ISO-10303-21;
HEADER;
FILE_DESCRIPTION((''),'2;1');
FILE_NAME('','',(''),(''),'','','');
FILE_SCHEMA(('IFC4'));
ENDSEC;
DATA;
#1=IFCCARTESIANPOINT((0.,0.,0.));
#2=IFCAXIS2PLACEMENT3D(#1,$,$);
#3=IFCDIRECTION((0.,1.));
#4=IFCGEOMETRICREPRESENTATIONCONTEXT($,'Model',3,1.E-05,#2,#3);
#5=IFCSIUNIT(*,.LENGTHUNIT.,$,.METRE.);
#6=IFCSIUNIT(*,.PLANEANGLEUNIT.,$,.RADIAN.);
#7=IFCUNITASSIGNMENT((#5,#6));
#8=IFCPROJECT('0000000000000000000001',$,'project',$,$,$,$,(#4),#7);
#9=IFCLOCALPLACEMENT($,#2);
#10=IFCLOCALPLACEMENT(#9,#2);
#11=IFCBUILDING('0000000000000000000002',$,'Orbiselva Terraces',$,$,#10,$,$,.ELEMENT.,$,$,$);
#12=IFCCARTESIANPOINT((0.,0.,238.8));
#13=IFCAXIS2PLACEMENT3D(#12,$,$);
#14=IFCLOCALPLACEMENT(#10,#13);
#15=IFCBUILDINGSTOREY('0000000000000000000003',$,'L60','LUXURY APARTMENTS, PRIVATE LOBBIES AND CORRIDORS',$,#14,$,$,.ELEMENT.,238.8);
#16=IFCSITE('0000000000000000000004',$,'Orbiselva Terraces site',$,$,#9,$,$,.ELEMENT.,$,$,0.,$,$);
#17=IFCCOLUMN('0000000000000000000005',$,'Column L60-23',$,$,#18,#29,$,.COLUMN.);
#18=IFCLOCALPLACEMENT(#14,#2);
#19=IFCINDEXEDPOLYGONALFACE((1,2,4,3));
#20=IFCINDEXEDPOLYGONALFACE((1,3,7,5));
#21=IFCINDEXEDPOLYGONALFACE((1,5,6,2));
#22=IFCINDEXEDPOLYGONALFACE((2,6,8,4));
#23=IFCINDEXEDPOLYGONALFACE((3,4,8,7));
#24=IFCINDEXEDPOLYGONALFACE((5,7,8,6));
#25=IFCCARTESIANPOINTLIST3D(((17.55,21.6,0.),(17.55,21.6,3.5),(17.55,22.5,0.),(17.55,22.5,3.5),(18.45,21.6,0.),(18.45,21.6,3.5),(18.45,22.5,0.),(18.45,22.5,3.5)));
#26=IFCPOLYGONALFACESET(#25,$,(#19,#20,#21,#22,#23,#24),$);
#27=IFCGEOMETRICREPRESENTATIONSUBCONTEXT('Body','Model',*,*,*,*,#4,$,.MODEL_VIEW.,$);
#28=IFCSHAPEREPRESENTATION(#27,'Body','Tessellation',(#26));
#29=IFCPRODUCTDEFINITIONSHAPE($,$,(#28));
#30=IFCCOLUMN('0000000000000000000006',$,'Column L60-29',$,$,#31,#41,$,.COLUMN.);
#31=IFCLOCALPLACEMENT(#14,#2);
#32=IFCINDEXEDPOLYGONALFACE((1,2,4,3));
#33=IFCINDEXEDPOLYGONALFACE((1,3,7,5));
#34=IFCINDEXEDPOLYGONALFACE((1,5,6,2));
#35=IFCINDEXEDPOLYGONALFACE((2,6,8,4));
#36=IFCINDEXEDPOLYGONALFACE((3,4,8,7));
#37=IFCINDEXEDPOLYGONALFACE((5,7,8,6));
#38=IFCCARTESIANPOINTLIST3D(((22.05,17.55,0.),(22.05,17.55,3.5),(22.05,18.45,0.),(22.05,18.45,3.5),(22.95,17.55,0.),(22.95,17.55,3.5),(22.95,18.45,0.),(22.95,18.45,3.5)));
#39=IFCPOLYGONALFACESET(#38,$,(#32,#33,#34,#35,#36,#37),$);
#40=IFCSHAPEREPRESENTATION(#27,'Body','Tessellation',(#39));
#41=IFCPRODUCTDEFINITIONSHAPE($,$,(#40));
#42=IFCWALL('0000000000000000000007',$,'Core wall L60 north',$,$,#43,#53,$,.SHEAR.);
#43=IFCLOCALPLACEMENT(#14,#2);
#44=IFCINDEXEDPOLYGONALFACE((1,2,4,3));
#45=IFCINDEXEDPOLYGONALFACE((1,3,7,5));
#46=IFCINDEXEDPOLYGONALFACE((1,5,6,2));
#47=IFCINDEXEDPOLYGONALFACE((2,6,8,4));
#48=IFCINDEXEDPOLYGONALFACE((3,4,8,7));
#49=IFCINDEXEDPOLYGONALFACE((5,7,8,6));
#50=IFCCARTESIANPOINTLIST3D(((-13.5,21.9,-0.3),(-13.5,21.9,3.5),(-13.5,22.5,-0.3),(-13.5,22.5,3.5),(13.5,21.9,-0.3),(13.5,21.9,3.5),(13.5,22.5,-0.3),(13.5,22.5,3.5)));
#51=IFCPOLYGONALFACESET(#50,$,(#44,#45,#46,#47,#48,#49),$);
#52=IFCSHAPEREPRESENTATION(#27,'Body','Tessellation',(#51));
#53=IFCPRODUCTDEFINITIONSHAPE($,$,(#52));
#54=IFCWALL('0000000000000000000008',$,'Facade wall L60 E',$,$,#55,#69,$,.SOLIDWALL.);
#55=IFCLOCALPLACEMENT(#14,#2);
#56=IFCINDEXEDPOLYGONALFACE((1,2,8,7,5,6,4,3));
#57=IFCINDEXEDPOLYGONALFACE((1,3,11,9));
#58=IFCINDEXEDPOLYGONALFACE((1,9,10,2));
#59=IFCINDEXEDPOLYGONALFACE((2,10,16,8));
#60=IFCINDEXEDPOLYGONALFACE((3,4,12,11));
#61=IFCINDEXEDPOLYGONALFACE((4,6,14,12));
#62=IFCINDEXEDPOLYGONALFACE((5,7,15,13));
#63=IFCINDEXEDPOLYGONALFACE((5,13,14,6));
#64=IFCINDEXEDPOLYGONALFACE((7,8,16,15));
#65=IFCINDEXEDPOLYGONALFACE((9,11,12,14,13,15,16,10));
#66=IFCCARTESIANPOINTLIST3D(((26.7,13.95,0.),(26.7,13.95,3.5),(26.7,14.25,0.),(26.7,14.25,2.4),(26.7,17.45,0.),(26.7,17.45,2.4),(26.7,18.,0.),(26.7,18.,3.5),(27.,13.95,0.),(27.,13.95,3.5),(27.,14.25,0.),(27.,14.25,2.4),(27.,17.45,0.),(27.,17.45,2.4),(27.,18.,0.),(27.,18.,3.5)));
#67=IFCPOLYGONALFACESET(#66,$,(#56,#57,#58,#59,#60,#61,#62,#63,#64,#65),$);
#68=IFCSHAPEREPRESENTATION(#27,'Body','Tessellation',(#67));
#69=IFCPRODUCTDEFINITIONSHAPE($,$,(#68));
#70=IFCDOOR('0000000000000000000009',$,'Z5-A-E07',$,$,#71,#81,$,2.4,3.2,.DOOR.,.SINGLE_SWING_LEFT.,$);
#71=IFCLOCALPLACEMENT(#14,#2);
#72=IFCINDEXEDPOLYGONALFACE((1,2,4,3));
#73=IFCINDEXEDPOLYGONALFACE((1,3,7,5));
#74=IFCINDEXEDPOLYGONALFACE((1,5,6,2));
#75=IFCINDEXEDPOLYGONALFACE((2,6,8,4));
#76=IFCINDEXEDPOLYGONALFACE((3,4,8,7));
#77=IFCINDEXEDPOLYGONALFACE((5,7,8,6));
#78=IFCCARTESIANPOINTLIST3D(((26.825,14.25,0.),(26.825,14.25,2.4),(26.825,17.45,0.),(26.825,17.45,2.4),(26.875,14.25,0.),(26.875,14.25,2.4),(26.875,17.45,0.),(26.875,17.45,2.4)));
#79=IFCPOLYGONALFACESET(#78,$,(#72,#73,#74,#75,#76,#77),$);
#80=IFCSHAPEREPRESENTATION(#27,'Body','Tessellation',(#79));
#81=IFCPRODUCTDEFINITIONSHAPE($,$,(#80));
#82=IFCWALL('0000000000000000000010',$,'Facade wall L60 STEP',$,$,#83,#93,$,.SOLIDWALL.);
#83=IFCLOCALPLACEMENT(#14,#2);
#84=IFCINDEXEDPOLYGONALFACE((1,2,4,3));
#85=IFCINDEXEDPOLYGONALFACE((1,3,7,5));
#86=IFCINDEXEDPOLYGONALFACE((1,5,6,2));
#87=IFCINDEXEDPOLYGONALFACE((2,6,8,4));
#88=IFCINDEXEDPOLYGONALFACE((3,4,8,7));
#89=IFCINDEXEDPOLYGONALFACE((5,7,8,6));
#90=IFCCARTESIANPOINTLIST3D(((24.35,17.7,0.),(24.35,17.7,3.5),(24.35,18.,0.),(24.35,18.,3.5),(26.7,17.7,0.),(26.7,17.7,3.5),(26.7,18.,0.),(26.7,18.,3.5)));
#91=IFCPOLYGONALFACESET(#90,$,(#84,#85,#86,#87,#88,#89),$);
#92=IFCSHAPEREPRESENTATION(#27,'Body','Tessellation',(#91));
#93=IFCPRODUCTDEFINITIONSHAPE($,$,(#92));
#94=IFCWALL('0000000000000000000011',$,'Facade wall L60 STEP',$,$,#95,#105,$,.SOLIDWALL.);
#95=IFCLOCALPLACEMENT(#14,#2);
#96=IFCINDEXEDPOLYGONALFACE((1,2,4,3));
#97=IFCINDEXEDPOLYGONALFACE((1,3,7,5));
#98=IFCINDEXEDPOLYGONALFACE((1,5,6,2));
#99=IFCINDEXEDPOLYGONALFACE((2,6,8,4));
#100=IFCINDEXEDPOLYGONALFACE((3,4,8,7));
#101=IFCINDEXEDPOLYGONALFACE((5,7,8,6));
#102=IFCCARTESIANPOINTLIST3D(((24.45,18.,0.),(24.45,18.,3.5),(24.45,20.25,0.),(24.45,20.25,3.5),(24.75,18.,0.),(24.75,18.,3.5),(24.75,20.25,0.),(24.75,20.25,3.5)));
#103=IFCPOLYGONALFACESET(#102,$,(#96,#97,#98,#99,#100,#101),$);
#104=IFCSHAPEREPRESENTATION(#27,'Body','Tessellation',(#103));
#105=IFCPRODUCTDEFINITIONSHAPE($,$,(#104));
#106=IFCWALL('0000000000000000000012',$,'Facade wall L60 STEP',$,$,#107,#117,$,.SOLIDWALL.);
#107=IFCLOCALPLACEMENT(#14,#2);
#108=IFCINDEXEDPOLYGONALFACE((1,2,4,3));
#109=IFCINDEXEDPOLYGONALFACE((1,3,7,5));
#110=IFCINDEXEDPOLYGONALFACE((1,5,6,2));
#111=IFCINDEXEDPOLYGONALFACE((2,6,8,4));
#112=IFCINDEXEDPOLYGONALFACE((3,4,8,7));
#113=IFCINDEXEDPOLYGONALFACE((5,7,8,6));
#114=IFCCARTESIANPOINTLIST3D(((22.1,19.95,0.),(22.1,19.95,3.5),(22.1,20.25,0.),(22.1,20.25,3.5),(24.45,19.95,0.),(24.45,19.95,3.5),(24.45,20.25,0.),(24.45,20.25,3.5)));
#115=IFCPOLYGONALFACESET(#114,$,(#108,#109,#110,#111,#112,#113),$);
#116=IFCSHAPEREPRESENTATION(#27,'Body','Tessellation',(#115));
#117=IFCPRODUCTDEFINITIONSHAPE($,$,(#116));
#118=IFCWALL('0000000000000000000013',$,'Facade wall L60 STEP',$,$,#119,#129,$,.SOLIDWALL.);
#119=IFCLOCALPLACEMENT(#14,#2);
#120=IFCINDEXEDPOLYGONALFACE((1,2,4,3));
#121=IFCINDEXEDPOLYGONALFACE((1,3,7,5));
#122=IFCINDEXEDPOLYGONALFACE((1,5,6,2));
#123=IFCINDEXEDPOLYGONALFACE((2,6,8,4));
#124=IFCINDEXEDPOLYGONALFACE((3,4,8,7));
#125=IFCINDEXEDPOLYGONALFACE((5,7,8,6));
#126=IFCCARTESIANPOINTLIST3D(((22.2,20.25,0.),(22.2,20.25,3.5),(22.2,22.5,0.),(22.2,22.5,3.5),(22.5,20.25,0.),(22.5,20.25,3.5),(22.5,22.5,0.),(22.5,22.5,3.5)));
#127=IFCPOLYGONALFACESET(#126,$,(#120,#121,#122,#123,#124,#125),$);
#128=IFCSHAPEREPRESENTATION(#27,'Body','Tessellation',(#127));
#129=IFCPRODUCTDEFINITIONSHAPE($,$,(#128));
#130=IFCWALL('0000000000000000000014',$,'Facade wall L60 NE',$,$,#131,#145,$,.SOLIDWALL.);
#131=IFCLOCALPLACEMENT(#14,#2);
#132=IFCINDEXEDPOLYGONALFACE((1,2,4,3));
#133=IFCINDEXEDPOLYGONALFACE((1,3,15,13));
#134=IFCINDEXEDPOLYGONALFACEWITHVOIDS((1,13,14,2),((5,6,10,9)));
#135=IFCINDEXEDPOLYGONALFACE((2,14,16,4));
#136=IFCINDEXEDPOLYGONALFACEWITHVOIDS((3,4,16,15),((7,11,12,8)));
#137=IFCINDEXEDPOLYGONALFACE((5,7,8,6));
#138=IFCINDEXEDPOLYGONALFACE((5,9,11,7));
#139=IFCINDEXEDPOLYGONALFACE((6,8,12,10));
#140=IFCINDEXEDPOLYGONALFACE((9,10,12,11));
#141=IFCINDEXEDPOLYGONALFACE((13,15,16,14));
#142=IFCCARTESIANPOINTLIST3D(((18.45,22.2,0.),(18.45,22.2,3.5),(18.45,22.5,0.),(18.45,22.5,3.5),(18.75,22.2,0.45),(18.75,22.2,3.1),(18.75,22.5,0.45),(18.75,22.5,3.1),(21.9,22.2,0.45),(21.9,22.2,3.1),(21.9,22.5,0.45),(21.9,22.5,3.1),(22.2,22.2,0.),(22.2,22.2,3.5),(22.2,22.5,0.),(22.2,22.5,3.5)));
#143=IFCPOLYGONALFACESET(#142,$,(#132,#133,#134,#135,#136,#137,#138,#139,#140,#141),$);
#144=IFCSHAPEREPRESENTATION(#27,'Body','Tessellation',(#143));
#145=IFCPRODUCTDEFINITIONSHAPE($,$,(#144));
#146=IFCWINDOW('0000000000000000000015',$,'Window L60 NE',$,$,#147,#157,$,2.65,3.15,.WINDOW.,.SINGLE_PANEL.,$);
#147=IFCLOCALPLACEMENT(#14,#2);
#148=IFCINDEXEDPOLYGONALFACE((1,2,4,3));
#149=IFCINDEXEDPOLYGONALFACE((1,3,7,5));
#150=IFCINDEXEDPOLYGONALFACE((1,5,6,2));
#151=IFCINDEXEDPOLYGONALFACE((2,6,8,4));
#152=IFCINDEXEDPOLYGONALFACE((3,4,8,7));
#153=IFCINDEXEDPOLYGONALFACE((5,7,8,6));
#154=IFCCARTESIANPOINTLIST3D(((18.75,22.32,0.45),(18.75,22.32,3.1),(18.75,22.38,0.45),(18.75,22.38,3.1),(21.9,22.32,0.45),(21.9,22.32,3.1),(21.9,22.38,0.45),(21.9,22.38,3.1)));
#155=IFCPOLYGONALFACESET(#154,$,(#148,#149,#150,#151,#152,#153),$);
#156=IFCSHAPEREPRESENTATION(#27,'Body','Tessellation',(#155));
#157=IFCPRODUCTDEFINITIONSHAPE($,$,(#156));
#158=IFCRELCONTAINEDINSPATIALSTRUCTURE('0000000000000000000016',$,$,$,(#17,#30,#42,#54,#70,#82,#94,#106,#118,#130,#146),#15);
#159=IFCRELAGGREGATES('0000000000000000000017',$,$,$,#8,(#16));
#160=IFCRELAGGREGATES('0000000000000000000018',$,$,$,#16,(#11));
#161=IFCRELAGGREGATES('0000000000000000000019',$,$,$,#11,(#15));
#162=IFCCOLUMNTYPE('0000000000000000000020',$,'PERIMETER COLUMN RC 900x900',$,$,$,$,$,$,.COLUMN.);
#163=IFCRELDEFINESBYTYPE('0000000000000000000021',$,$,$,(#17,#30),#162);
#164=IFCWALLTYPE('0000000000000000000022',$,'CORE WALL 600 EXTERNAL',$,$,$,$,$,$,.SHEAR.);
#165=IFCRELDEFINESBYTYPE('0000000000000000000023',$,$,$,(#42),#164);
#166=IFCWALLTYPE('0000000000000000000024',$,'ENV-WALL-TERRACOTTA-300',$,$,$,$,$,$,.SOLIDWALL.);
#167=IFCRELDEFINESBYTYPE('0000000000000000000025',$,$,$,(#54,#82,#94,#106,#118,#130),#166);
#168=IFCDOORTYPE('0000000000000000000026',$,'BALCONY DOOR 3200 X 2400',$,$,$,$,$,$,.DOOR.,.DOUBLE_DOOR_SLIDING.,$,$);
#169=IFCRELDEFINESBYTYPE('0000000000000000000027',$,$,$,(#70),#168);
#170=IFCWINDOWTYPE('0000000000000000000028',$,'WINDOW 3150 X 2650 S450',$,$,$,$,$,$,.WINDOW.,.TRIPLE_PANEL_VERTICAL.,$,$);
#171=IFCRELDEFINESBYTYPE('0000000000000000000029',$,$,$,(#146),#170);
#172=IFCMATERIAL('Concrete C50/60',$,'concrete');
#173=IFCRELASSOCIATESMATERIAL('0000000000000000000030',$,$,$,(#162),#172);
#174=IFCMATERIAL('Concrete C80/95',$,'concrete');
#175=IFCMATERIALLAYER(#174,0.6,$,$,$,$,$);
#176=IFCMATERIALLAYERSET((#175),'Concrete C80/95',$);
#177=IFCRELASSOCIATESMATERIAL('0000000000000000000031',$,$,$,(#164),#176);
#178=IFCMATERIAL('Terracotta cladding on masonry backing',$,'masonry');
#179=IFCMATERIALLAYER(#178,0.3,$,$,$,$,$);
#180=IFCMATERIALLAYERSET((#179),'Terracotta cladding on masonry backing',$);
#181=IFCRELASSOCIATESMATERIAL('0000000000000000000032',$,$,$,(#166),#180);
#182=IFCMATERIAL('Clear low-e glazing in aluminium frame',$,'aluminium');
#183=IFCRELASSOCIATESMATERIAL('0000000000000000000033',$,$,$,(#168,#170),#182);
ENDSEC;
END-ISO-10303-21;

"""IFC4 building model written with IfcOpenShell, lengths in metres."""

from ifc_helpers import new_model, si_unit, direction, frame, frame_2d, origin, origin_2d, place, context, subcontext, project, spatial, rectangle, extrude, material, layer, layer_set, material_profile, profile_set, type_object, element, fill, save


model = new_model("IFC4")

# Units and contexts
model_context = context("Model", 3, precision=1e-05, world=origin(), true_north=direction((0.0, 1.0)))
body_context = subcontext(model_context, "Body", "Model", "MODEL_VIEW")
ifc_project = project(units=[si_unit("LENGTHUNIT", "METRE"), si_unit("PLANEANGLEUNIT", "RADIAN")], contexts=[model_context])

# Site, building, storey
site_placement = place(None, origin())
site = spatial("IfcSite", under=ifc_project, at=site_placement, Name="Orbiselva Terraces site", CompositionType="ELEMENT", RefElevation=0.0)
building_placement = place(site_placement, origin())
building = spatial("IfcBuilding", under=site, at=building_placement, Name="Orbiselva Terraces", CompositionType="ELEMENT")
storey_placement = place(building_placement, frame((0.0, 0.0, 238.8)))
storey = spatial("IfcBuildingStorey", under=building, at=storey_placement, Name="L60", Description="LUXURY APARTMENTS, PRIVATE LOBBIES AND CORRIDORS", CompositionType="ELEMENT", Elevation=238.8)

# Columns
ifc_material_1 = material(Name="Concrete C50/60", Category="concrete")
ifc_material_profile = material_profile(ifc_material_1, rectangle(XDim=0.9, YDim=0.9, at=origin_2d()), Name="RC 900x900")
ifc_profile_set = profile_set([ifc_material_profile], Name="Concrete C50/60")
column_type = type_object("IfcColumnType", Name="PERIMETER COLUMN RC 900x900", PredefinedType="COLUMN", material=ifc_profile_set)
for number, where, z_axis, x_axis, name in (
    (1, (18.0, 22.05, 0.0), (0.0, 0.0, 1.0), (1.0, 0.0, 0.0), "Column L60-23"),
    (2, (22.5, 18.0, 0.0), (0.0, 0.0, 1.0), (1.0, 0.0, 0.0), "Column L60-29"),
):
    element("IfcColumn", number, at=place(storey_placement, frame(where, z_axis=z_axis, x_axis=x_axis)), inside=storey, type_object=column_type, Name=name, PredefinedType="COLUMN", context=body_context, shape_type="SweptSolid", body=[
        extrude(rectangle(XDim=0.9, YDim=0.9, at=origin_2d()), origin(), (0.0, 0.0, 1.0), 3.5),
    ])

# Wall
ifc_material_2 = material(Name="Concrete C80/95", Category="concrete")
ifc_layer_1 = layer(ifc_material_2, 0.6)
ifc_layer_set_1 = layer_set([ifc_layer_1], Name="Concrete C80/95")
wall_type_1 = type_object("IfcWallType", Name="CORE WALL 600 EXTERNAL", PredefinedType="SHEAR", material=ifc_layer_set_1)
wall_1_placement = place(storey_placement, frame((13.5, 22.2, -0.3), z_axis=(0.0, 0.0, 1.0), x_axis=(-1.0, 0.0, 0.0)))
element("IfcWall", 3, at=wall_1_placement, inside=storey, type_object=wall_type_1, Name="Core wall L60 north", PredefinedType="SHEAR", context=body_context, shape_type="SweptSolid", body=[
    extrude(rectangle(XDim=27.0, YDim=0.6, at=frame_2d((13.5, 0.0))), origin(), (0.0, 0.0, 1.0), 3.8),
])

# Wall, opening, door
ifc_material_3 = material(Name="Terracotta cladding on masonry backing", Category="masonry")
ifc_layer_2 = layer(ifc_material_3, 0.3)
ifc_layer_set_2 = layer_set([ifc_layer_2], Name="Terracotta cladding on masonry backing")
wall_type_2 = type_object("IfcWallType", Name="ENV-WALL-TERRACOTTA-300", PredefinedType="SOLIDWALL", material=ifc_layer_set_2)
wall_2_placement = place(storey_placement, frame((26.85, 18.0, 0.0), z_axis=(0.0, 0.0, 1.0), x_axis=(0.0, -1.0, 0.0)))
wall_2 = element("IfcWall", 4, at=wall_2_placement, inside=storey, type_object=wall_type_2, Name="Facade wall L60 E", PredefinedType="SOLIDWALL", context=body_context, shape_type="SweptSolid", body=[
    extrude(rectangle(XDim=4.05, YDim=0.3, at=frame_2d((2.025, 0.0))), origin(), (0.0, 0.0, 1.0), 3.5),
])
opening_1_placement = place(wall_2_placement, frame((0.55, 0.0, 0.0)))
opening_1 = element("IfcOpeningElement", 5, at=opening_1_placement, cuts=wall_2, PredefinedType="OPENING", context=body_context, shape_type="SweptSolid", body=[
    extrude(rectangle(XDim=3.2, YDim=2.4, at=frame_2d((1.6, 1.2))), frame((0.0, 0.16, 0.0), z_axis=(0.0, -1.0, 0.0), x_axis=(1.0, 0.0, 0.0)), (0.0, 0.0, 1.0), 0.32),
])
ifc_material_4 = material(Name="Clear low-e glazing in aluminium frame", Category="aluminium")
door_type_1 = type_object("IfcDoorType", Name="BALCONY DOOR 3200 X 2400", OperationType="DOUBLE_DOOR_SLIDING", PredefinedType="DOOR", material=ifc_material_4)
door_1_placement = place(opening_1_placement, origin())
door_1 = element("IfcDoor", 6, at=door_1_placement, inside=storey, type_object=door_type_1, Name="Z5-A-E07", OperationType="SINGLE_SWING_LEFT", OverallHeight=2.4, OverallWidth=3.2, PredefinedType="DOOR", context=body_context, shape_type="SweptSolid", body=[
    extrude(rectangle(XDim=3.2, YDim=2.4, at=frame_2d((1.6, 1.2))), frame((0.0, 0.025, 0.0), z_axis=(0.0, -1.0, 0.0), x_axis=(1.0, 0.0, 0.0)), (0.0, 0.0, 1.0), 0.05),
])
fill(opening_1, door_1)

# Walls
wall_3_placement = place(storey_placement, frame((24.35, 17.85, 0.0), z_axis=(0.0, 0.0, 1.0), x_axis=(1.0, 0.0, 0.0)))
element("IfcWall", 7, at=wall_3_placement, inside=storey, type_object=wall_type_2, Name="Facade wall L60 STEP", PredefinedType="SOLIDWALL", context=body_context, shape_type="SweptSolid", body=[
    extrude(rectangle(XDim=2.35, YDim=0.3, at=frame_2d((1.175, 0.0))), origin(), (0.0, 0.0, 1.0), 3.5),
])
wall_4_placement = place(storey_placement, frame((24.6, 20.25, 0.0), z_axis=(0.0, 0.0, 1.0), x_axis=(0.0, -1.0, 0.0)))
element("IfcWall", 8, at=wall_4_placement, inside=storey, type_object=wall_type_2, Name="Facade wall L60 STEP", PredefinedType="SOLIDWALL", context=body_context, shape_type="SweptSolid", body=[
    extrude(rectangle(XDim=2.25, YDim=0.3, at=frame_2d((1.125, 0.0))), origin(), (0.0, 0.0, 1.0), 3.5),
])
wall_5_placement = place(storey_placement, frame((22.1, 20.1, 0.0), z_axis=(0.0, 0.0, 1.0), x_axis=(1.0, 0.0, 0.0)))
element("IfcWall", 9, at=wall_5_placement, inside=storey, type_object=wall_type_2, Name="Facade wall L60 STEP", PredefinedType="SOLIDWALL", context=body_context, shape_type="SweptSolid", body=[
    extrude(rectangle(XDim=2.35, YDim=0.3, at=frame_2d((1.175, 0.0))), origin(), (0.0, 0.0, 1.0), 3.5),
])
wall_6_placement = place(storey_placement, frame((22.35, 22.5, 0.0), z_axis=(0.0, 0.0, 1.0), x_axis=(0.0, -1.0, 0.0)))
element("IfcWall", 10, at=wall_6_placement, inside=storey, type_object=wall_type_2, Name="Facade wall L60 STEP", PredefinedType="SOLIDWALL", context=body_context, shape_type="SweptSolid", body=[
    extrude(rectangle(XDim=2.25, YDim=0.3, at=frame_2d((1.125, 0.0))), origin(), (0.0, 0.0, 1.0), 3.5),
])

# Wall, opening, window
wall_7_placement = place(storey_placement, frame((18.45, 22.35, 0.0), z_axis=(0.0, 0.0, 1.0), x_axis=(1.0, 0.0, 0.0)))
wall_7 = element("IfcWall", 11, at=wall_7_placement, inside=storey, type_object=wall_type_2, Name="Facade wall L60 NE", PredefinedType="SOLIDWALL", context=body_context, shape_type="SweptSolid", body=[
    extrude(rectangle(XDim=3.75, YDim=0.3, at=frame_2d((1.875, 0.0))), origin(), (0.0, 0.0, 1.0), 3.5),
])
opening_2_placement = place(wall_7_placement, frame((0.3, 0.0, 0.45)))
opening_2 = element("IfcOpeningElement", 12, at=opening_2_placement, cuts=wall_7, PredefinedType="OPENING", context=body_context, shape_type="SweptSolid", body=[
    extrude(rectangle(XDim=3.15, YDim=2.65, at=frame_2d((1.575, 1.325))), frame((0.0, 0.16, 0.0), z_axis=(0.0, -1.0, 0.0), x_axis=(1.0, 0.0, 0.0)), (0.0, 0.0, 1.0), 0.32),
])
window_type = type_object("IfcWindowType", Name="WINDOW 3150 X 2650 S450", PartitioningType="TRIPLE_PANEL_VERTICAL", PredefinedType="WINDOW", material=ifc_material_4)
window_placement = place(opening_2_placement, origin())
window = element("IfcWindow", 13, at=window_placement, inside=storey, type_object=window_type, Name="Window L60 NE", OverallHeight=2.65, OverallWidth=3.15, PartitioningType="SINGLE_PANEL", PredefinedType="WINDOW", context=body_context, shape_type="SweptSolid", body=[
    extrude(rectangle(XDim=3.15, YDim=2.65, at=frame_2d((1.575, 1.325))), frame((0.0, 0.03, 0.0), z_axis=(0.0, -1.0, 0.0), x_axis=(1.0, 0.0, 0.0)), (0.0, 0.0, 1.0), 0.06),
])
fill(opening_2, window)

save(model, "model.ifc")
